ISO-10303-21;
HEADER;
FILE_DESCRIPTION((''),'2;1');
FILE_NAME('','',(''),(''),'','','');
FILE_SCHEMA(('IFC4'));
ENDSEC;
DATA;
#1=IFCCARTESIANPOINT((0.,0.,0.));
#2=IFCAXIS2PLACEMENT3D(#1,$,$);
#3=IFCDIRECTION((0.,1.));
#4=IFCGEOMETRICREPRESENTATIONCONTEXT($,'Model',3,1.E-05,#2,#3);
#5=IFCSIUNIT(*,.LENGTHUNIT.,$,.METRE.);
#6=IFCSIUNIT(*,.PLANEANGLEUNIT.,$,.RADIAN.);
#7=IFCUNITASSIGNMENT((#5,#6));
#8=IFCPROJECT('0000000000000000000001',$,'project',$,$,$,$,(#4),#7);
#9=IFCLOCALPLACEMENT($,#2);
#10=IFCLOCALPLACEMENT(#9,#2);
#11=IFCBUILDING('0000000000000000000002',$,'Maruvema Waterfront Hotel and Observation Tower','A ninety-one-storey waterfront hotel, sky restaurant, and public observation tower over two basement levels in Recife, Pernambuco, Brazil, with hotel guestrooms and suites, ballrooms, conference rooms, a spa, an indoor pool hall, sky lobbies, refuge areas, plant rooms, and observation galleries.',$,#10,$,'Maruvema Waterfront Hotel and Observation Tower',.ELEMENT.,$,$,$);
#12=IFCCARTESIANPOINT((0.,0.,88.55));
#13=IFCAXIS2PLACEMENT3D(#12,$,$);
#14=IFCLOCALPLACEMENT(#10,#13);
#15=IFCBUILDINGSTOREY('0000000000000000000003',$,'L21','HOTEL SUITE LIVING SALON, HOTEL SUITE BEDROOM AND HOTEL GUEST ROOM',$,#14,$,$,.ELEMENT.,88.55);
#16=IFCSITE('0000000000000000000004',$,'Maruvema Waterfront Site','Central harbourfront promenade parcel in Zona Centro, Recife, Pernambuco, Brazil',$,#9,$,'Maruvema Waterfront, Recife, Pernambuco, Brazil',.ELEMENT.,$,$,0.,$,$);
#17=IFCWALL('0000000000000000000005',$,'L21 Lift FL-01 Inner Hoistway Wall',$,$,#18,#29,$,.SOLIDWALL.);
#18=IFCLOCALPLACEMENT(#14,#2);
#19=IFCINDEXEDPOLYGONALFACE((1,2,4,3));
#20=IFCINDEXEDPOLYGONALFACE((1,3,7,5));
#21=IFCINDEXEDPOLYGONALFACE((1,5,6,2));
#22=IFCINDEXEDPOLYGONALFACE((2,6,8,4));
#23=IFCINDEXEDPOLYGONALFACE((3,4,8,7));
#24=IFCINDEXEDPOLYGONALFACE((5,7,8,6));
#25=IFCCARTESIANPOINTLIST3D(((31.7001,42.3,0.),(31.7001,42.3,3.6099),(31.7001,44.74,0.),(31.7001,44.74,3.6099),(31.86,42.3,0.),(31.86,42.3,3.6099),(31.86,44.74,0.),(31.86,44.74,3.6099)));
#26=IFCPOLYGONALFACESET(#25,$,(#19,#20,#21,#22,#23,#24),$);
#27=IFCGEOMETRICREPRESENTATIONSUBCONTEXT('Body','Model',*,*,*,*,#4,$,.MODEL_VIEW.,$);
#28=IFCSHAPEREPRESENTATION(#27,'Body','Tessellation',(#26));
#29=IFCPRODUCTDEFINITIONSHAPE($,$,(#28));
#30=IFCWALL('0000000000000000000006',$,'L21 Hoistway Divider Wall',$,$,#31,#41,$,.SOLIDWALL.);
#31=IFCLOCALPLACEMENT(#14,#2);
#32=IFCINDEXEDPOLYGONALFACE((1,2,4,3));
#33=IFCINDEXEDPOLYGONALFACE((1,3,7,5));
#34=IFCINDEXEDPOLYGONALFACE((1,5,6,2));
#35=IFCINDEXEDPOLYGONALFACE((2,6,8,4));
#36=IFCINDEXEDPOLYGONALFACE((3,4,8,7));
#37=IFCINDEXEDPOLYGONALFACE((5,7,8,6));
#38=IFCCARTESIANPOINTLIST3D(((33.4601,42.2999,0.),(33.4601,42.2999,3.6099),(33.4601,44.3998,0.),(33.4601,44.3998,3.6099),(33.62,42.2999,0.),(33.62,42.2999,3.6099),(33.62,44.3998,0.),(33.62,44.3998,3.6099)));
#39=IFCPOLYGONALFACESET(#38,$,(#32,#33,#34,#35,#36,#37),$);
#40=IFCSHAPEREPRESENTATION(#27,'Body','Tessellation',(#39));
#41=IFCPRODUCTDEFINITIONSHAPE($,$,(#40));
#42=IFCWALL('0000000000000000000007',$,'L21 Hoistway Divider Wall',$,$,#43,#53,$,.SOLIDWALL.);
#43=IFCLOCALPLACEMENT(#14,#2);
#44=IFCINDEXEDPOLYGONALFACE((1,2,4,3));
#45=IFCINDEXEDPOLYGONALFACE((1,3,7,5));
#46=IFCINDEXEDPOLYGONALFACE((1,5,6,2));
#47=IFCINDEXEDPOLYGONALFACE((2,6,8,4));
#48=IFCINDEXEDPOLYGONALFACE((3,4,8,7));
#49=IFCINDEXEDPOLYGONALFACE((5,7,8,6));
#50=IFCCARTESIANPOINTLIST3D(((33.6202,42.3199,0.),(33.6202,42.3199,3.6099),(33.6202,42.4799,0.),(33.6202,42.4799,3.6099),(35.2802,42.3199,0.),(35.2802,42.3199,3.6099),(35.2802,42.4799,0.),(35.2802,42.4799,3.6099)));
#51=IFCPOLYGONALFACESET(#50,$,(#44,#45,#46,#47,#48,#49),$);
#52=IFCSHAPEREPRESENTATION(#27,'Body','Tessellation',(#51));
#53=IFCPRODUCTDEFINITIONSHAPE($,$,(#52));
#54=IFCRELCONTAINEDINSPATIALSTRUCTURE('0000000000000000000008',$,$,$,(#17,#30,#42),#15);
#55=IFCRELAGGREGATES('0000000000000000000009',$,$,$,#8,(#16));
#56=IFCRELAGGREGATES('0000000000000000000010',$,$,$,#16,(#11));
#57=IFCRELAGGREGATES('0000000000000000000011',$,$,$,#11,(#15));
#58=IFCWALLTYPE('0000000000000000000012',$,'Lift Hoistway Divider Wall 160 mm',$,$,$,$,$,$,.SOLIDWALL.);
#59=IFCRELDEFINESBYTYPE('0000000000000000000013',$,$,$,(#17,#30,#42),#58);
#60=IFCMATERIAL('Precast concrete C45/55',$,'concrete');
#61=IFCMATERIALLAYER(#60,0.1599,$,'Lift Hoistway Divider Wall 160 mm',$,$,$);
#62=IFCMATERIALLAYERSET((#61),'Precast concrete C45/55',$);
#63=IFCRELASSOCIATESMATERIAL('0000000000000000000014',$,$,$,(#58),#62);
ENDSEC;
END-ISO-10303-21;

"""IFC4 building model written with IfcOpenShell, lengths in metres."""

from ifc_helpers import new_model, si_unit, direction, frame, frame_2d, origin, place, context, subcontext, project, spatial, rectangle, extrude, material, layer, layer_set, type_object, element, save


model = new_model("IFC4")

# Units and contexts
model_context = context("Model", 3, precision=1e-05, world=origin(), true_north=direction((0.0, 1.0)))
body_context = subcontext(model_context, "Body", "Model", "MODEL_VIEW")
ifc_project = project(units=[si_unit("LENGTHUNIT", "METRE"), si_unit("PLANEANGLEUNIT", "RADIAN")], contexts=[model_context])

# Site, building, storey
site_placement = place(None, origin())
site = spatial("IfcSite", under=ifc_project, at=site_placement, Name="Maruvema Waterfront Site", Description="Central harbourfront promenade parcel in Zona Centro, Recife, Pernambuco, Brazil", LongName="Maruvema Waterfront, Recife, Pernambuco, Brazil", CompositionType="ELEMENT", RefElevation=0.0)
building_placement = place(site_placement, origin())
building = spatial("IfcBuilding", under=site, at=building_placement, Name="Maruvema Waterfront Hotel and Observation Tower", Description="A ninety-one-storey waterfront hotel, sky restaurant, and public observation tower over two basement levels in Recife, Pernambuco, Brazil, with hotel guestrooms and suites, ballrooms, conference rooms, a spa, an indoor pool hall, sky lobbies, refuge areas, plant rooms, and observation galleries.", LongName="Maruvema Waterfront Hotel and Observation Tower", CompositionType="ELEMENT")
storey_placement = place(building_placement, frame((0.0, 0.0, 88.55)))
storey = spatial("IfcBuildingStorey", under=building, at=storey_placement, Name="L21", Description="HOTEL SUITE LIVING SALON, HOTEL SUITE BEDROOM AND HOTEL GUEST ROOM", CompositionType="ELEMENT", Elevation=88.55)

# Walls
ifc_material_1 = material(Name="Precast concrete C45/55", Category="concrete")
ifc_layer_1 = layer(ifc_material_1, 0.1599, Name="Lift Hoistway Divider Wall 160 mm")
ifc_layer_set_1 = layer_set([ifc_layer_1], Name="Precast concrete C45/55")
wall_type_1 = type_object("IfcWallType", Name="Lift Hoistway Divider Wall 160 mm", PredefinedType="SOLIDWALL", material=ifc_layer_set_1)
wall_1_placement = place(storey_placement, frame((31.78, 42.3, 0.0), z_axis=(0.0, 0.0, 1.0), x_axis=(0.0, 1.0, 0.0)))
element("IfcWall", 1, at=wall_1_placement, inside=storey, type_object=wall_type_1, Name="L21 Lift FL-01 Inner Hoistway Wall", PredefinedType="SOLIDWALL", context=body_context, shape_type="SweptSolid", body=[
    extrude(rectangle(XDim=2.4399, YDim=0.1599, at=frame_2d((1.22, 0.0))), origin(), (0.0, 0.0, 1.0), 3.6099),
])
wall_2_placement = place(storey_placement, frame((33.54, 42.3, 0.0), z_axis=(0.0, 0.0, 1.0), x_axis=(0.0, 1.0, 0.0)))
element("IfcWall", 2, at=wall_2_placement, inside=storey, type_object=wall_type_1, Name="L21 Hoistway Divider Wall", PredefinedType="SOLIDWALL", context=body_context, shape_type="SweptSolid", body=[
    extrude(rectangle(XDim=2.0999, YDim=0.1599, at=frame_2d((1.0498, 0.0))), origin(), (0.0, 0.0, 1.0), 3.6099),
])
wall_3_placement = place(storey_placement, frame((33.6201, 42.3999, 0.0), z_axis=(0.0, 0.0, 1.0), x_axis=(1.0, 0.0, 0.0)))
element("IfcWall", 3, at=wall_3_placement, inside=storey, type_object=wall_type_1, Name="L21 Hoistway Divider Wall", PredefinedType="SOLIDWALL", context=body_context, shape_type="SweptSolid", body=[
    extrude(rectangle(XDim=1.6599, YDim=0.1599, at=frame_2d((0.8301, 0.0))), origin(), (0.0, 0.0, 1.0), 3.6099),
])

save(model, "model.ifc")
